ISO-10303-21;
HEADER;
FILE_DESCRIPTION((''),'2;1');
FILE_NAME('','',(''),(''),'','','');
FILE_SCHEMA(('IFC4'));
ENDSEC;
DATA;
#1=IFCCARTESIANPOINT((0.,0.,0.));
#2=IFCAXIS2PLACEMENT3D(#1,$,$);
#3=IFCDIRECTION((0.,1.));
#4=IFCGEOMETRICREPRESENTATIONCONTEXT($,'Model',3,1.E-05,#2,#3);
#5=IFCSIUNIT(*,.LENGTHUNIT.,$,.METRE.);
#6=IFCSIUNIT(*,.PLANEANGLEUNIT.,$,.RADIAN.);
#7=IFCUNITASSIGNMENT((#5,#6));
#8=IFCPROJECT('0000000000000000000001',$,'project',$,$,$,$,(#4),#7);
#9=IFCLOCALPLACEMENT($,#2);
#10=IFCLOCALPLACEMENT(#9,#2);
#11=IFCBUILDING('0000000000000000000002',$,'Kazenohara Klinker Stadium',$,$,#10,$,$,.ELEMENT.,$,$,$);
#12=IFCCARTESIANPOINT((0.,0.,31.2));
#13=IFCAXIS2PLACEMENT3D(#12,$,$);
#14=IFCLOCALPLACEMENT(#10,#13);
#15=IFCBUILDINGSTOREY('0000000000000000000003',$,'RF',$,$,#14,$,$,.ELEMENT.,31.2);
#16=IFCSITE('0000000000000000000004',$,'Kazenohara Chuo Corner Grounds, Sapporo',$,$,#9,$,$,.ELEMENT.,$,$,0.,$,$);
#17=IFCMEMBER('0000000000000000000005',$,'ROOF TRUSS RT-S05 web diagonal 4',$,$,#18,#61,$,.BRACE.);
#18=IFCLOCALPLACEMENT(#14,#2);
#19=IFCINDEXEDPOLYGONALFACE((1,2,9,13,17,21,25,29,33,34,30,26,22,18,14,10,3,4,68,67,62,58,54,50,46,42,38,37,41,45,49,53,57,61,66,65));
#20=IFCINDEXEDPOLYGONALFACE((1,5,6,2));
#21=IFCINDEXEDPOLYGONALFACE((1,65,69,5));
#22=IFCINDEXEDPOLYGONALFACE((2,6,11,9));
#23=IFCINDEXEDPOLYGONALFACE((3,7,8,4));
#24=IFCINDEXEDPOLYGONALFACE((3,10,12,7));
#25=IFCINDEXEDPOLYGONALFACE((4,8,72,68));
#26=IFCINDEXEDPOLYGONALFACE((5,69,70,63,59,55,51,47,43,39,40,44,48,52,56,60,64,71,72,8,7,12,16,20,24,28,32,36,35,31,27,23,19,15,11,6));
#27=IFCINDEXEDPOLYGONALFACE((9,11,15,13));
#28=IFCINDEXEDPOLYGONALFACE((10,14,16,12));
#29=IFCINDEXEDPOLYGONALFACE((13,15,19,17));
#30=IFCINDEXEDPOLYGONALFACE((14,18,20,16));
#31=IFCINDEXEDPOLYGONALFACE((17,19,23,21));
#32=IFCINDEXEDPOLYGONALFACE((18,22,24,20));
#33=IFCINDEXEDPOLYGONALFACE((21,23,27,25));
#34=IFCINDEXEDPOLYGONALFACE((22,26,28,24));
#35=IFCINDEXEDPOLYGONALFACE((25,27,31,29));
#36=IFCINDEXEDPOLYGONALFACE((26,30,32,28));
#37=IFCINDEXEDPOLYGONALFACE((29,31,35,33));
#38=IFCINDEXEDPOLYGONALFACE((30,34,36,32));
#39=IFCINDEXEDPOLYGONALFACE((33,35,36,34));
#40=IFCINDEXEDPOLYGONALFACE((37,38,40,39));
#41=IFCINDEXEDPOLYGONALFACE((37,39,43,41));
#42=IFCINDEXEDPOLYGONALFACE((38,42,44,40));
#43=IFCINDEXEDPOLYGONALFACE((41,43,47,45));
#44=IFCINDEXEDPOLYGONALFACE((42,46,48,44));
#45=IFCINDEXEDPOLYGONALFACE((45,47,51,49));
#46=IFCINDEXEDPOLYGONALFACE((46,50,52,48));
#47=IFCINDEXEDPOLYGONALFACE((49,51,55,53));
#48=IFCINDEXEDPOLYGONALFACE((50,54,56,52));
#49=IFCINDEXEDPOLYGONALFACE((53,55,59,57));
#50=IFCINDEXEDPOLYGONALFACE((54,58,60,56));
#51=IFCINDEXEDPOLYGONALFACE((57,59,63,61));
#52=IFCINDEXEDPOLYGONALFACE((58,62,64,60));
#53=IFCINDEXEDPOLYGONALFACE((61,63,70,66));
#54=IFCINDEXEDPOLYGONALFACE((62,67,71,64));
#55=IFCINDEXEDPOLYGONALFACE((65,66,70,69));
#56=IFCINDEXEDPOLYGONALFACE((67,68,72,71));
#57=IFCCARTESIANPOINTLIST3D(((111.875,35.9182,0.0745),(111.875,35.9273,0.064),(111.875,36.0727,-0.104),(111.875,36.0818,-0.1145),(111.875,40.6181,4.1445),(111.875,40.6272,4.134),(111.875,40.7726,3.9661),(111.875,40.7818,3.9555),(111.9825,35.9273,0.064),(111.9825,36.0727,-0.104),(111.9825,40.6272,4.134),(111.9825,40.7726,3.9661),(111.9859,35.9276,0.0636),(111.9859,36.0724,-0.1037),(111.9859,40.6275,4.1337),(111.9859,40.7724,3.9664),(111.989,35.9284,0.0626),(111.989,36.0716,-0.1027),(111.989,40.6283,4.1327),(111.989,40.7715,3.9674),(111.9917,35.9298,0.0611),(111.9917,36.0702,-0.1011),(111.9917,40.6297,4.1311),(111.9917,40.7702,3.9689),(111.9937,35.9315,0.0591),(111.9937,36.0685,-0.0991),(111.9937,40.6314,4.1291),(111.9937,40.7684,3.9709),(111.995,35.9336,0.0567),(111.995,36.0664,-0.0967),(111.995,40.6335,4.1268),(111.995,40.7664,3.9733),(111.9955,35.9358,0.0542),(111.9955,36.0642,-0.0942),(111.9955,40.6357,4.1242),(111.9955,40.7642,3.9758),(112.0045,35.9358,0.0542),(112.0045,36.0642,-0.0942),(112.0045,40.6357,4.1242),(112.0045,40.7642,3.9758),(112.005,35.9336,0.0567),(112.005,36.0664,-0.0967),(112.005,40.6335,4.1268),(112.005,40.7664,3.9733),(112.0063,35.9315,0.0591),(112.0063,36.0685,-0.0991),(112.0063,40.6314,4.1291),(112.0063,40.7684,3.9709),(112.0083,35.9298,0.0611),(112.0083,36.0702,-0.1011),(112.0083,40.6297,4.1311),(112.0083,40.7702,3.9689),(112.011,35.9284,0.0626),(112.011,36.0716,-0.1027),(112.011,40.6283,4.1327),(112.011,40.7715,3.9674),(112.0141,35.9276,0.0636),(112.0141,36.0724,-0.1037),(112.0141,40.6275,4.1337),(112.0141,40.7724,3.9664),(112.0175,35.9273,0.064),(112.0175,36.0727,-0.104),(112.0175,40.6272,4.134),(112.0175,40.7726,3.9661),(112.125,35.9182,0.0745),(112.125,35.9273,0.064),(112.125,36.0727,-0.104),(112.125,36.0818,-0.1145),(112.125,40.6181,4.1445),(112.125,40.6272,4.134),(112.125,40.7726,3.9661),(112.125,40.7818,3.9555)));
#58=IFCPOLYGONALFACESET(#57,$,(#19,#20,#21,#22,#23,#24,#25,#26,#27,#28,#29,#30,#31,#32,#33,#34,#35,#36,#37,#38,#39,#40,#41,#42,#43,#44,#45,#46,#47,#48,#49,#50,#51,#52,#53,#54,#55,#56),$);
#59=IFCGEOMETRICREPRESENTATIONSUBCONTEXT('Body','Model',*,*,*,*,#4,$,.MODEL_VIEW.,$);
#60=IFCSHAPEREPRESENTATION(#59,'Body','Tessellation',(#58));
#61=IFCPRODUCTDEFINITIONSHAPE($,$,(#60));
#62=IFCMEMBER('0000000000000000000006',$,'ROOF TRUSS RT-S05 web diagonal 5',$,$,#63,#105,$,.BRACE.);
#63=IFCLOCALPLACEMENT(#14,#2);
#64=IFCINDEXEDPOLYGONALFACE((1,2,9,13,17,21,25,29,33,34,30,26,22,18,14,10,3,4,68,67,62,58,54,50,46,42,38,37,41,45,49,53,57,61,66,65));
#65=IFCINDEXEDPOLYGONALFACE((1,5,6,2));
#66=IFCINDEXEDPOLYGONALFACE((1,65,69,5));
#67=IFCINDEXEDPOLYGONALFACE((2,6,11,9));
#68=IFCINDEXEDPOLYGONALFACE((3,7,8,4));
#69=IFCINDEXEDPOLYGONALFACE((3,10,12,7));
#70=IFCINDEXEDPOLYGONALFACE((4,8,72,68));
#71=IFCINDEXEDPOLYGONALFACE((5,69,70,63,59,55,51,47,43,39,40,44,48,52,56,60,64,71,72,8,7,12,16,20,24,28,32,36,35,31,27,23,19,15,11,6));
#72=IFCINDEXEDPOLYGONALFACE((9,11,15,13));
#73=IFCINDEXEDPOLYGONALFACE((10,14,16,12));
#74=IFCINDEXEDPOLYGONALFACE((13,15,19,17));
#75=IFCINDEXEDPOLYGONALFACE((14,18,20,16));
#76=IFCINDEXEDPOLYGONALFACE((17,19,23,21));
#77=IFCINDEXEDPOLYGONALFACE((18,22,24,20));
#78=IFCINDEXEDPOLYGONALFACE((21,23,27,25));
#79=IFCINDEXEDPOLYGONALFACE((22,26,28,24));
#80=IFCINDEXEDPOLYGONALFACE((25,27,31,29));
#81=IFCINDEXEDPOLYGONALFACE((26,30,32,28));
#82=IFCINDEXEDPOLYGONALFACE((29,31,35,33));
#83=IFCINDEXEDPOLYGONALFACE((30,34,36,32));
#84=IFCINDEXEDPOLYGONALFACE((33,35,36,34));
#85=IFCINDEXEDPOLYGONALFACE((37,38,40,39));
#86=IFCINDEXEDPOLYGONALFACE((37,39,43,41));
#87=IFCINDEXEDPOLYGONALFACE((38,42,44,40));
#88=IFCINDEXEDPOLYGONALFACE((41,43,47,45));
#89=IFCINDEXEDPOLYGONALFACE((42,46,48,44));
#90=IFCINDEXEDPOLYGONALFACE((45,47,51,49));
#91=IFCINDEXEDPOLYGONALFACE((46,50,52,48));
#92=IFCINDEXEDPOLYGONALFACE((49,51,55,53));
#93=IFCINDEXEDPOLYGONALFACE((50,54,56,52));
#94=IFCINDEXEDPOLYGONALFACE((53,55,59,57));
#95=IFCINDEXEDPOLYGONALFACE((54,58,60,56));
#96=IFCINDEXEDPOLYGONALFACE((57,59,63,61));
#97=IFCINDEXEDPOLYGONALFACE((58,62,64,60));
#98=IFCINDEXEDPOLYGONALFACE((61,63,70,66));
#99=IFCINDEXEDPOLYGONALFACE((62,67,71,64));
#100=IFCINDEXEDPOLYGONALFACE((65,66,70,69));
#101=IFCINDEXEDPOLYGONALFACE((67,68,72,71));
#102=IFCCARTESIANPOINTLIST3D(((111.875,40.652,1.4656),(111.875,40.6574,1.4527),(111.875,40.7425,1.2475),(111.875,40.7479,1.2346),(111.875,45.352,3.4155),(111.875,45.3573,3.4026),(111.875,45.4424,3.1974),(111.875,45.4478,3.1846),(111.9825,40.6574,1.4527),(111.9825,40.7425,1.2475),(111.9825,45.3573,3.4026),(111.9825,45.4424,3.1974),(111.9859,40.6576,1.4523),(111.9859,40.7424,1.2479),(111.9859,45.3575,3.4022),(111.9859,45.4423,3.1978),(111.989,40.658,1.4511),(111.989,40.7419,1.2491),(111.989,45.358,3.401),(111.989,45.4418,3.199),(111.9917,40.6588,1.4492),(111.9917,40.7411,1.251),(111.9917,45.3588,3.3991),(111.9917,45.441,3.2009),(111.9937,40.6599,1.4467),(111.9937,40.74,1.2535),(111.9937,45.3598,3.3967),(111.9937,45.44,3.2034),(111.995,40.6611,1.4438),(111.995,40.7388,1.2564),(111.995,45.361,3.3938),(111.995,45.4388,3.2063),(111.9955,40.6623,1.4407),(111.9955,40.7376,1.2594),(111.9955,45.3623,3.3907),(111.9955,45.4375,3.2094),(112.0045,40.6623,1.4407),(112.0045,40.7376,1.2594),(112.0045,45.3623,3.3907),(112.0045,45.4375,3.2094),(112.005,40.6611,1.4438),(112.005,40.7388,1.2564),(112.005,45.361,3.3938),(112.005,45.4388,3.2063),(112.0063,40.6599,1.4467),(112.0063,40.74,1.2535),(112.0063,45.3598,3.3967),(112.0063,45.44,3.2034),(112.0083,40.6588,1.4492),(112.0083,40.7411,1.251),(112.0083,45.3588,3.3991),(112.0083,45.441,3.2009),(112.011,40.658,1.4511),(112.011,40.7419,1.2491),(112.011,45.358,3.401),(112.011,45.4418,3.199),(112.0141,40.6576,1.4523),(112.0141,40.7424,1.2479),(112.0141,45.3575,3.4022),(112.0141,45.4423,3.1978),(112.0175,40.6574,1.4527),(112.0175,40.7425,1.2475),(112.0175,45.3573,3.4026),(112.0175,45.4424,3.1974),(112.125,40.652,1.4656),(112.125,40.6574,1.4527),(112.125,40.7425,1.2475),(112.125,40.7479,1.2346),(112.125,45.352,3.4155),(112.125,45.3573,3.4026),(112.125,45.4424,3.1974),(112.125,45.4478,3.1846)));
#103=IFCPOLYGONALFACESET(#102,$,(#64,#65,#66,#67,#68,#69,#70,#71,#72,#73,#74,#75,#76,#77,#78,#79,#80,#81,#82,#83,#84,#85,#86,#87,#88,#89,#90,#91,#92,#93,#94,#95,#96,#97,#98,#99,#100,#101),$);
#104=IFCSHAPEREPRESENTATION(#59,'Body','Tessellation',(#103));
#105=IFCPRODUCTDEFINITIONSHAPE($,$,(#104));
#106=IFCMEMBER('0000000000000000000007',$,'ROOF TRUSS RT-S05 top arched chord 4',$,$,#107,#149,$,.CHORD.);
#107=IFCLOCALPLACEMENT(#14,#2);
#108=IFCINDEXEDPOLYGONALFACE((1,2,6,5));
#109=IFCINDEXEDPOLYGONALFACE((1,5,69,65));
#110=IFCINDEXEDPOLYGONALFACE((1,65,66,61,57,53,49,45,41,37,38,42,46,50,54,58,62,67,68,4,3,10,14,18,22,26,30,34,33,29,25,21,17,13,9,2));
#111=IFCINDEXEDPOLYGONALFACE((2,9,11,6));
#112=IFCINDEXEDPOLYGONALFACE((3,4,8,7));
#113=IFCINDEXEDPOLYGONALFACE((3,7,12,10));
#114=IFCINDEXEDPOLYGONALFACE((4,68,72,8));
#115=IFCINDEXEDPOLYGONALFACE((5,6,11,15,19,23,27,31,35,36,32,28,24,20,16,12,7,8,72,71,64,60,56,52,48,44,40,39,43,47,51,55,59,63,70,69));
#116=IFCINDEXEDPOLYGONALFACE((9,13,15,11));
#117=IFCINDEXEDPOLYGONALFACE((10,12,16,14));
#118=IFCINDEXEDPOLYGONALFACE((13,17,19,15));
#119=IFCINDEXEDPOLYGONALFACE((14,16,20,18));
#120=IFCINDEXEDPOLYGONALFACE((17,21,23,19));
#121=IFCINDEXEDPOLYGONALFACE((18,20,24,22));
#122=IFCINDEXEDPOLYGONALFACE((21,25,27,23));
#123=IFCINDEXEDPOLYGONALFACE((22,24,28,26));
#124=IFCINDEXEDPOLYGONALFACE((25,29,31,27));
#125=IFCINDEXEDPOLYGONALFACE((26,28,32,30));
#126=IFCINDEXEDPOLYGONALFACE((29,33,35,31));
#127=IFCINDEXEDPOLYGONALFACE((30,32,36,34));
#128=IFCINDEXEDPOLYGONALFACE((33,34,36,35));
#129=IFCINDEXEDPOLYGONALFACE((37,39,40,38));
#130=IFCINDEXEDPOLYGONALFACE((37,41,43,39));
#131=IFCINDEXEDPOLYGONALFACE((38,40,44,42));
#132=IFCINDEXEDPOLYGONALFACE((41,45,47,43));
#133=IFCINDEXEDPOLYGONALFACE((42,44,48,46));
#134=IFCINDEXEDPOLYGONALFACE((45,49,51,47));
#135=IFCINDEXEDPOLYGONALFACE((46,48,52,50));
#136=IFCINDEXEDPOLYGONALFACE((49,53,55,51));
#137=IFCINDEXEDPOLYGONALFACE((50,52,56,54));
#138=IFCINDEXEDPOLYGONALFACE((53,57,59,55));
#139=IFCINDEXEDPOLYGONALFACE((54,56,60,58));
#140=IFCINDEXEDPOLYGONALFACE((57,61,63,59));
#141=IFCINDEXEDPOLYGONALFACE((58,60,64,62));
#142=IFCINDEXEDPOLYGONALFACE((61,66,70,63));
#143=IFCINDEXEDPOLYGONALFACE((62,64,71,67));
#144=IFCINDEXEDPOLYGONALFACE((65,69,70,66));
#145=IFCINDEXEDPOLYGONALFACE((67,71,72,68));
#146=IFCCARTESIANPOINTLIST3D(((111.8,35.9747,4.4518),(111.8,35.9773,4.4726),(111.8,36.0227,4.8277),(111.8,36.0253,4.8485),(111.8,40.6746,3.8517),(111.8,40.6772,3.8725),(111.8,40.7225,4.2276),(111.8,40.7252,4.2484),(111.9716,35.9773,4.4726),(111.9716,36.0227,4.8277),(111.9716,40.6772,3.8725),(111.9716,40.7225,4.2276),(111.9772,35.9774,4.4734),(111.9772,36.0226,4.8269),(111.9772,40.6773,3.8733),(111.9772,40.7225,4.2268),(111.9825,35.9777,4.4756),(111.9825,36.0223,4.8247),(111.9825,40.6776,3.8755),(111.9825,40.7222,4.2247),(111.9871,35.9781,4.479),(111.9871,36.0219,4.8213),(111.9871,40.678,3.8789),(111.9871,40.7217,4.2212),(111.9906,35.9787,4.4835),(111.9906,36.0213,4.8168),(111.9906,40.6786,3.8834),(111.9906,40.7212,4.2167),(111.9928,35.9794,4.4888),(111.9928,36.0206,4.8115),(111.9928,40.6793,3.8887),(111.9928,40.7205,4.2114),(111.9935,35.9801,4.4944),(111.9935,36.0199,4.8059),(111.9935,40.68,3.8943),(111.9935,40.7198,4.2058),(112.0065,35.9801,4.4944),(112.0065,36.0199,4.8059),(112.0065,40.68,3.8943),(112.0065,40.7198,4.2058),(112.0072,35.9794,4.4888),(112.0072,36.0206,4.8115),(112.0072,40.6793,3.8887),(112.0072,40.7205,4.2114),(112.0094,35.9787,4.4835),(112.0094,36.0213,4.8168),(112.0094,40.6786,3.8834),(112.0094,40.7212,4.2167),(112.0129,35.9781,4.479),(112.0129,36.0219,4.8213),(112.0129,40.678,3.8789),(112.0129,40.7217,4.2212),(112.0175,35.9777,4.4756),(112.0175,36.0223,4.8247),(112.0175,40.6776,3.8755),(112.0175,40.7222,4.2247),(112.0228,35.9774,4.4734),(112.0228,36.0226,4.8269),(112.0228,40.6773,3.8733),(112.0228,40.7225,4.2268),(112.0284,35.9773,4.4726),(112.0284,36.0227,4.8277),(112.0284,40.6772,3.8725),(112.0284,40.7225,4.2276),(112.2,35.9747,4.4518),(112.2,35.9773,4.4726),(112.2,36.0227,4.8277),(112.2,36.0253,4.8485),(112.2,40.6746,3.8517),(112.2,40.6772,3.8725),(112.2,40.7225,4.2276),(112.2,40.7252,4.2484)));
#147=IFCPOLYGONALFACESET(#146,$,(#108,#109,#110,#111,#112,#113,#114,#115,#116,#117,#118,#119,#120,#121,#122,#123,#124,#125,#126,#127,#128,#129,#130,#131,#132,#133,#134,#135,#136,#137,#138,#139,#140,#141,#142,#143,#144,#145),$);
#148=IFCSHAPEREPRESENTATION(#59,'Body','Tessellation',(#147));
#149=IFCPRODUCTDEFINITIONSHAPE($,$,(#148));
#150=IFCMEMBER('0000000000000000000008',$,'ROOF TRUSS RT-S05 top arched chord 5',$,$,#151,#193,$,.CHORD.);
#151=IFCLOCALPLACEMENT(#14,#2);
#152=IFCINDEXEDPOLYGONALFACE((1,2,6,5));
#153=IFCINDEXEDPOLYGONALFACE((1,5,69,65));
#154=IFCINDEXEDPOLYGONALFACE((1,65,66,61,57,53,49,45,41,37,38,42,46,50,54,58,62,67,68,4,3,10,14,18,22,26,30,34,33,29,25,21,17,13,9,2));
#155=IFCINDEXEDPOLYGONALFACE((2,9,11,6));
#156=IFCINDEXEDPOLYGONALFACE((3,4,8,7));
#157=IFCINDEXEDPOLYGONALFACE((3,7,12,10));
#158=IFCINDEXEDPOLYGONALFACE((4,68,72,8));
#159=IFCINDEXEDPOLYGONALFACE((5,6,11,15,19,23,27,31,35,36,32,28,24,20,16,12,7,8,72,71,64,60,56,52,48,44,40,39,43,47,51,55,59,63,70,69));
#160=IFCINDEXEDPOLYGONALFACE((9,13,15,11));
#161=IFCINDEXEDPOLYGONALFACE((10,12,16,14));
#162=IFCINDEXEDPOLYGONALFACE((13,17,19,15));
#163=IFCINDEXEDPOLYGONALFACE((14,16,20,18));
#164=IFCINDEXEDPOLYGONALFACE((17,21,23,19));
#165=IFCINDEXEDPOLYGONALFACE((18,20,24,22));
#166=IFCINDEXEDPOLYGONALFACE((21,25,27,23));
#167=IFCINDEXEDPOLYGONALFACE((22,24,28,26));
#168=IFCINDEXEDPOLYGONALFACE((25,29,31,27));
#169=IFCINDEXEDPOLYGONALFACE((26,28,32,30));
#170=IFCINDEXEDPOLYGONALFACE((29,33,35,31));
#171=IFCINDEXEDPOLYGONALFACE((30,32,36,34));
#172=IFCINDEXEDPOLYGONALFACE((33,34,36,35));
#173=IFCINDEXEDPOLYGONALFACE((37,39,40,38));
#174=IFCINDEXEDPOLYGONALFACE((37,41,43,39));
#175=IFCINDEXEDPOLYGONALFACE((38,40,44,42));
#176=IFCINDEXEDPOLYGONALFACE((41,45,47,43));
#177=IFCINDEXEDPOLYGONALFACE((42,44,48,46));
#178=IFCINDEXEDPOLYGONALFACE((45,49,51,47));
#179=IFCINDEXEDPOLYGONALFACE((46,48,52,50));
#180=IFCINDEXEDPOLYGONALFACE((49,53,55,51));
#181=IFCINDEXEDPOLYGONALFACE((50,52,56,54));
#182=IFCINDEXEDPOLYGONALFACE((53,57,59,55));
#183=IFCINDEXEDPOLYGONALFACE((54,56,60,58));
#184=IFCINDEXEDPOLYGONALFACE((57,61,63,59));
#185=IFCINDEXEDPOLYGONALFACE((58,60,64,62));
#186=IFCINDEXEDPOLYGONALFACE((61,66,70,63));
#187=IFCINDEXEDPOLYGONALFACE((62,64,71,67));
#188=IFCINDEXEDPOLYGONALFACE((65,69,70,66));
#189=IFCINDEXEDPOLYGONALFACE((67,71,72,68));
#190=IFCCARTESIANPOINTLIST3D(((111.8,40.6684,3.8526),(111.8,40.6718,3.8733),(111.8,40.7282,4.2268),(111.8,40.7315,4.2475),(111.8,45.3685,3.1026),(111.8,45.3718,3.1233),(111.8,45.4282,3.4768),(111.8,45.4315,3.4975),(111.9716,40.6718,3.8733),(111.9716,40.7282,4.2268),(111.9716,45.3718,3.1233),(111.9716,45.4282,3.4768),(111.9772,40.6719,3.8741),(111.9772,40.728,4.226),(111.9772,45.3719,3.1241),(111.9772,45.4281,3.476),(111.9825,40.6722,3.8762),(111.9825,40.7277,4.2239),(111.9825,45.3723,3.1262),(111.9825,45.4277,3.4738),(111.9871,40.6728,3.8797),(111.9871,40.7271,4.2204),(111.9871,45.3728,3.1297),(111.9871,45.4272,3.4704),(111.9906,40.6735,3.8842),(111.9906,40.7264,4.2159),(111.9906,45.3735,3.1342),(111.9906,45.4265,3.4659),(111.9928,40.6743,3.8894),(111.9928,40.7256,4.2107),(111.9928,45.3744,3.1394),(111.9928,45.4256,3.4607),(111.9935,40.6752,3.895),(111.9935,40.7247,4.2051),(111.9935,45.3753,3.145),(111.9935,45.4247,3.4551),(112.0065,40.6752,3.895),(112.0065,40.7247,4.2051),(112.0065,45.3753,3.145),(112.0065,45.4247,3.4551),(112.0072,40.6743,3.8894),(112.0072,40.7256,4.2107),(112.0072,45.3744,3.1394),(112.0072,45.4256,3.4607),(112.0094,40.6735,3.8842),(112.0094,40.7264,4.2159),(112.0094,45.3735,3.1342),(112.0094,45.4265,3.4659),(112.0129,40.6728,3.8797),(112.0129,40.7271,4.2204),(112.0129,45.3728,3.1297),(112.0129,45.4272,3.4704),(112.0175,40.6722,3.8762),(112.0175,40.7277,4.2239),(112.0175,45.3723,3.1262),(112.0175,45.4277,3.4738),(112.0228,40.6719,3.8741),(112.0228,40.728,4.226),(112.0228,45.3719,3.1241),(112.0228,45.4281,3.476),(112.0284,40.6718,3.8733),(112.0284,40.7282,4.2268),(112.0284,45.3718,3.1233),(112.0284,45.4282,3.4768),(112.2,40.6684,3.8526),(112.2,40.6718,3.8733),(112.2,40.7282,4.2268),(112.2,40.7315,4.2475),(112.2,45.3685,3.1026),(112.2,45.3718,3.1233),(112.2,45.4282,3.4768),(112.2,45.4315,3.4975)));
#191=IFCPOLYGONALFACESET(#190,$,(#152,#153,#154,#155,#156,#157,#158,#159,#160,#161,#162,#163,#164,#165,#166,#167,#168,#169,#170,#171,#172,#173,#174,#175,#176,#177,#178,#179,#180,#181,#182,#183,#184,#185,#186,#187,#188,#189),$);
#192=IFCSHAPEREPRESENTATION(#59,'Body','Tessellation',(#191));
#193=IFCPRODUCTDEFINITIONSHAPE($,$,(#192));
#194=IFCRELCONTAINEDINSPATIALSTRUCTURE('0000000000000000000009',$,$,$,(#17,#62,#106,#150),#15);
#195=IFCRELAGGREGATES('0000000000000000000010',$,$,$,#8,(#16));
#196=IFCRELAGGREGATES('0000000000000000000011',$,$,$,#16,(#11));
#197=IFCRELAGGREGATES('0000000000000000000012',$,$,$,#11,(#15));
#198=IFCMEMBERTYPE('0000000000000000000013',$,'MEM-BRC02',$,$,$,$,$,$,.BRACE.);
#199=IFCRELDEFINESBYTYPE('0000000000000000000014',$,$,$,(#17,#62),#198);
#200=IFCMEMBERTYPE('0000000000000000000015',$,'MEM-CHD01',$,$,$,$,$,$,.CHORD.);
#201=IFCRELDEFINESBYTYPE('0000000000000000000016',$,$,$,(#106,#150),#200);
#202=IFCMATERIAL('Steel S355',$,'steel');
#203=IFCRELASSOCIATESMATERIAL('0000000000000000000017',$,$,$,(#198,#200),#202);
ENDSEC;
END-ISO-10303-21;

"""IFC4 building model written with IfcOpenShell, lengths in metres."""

from ifc_helpers import new_model, si_unit, direction, frame, origin, origin_2d, place, context, subcontext, project, spatial, i_section, extrude, material, material_profile, profile_set, type_object, element, save


model = new_model("IFC4")

# Units and contexts
model_context = context("Model", 3, precision=1e-05, world=origin(), true_north=direction((0.0, 1.0)))
body_context = subcontext(model_context, "Body", "Model", "MODEL_VIEW")
ifc_project = project(units=[si_unit("LENGTHUNIT", "METRE"), si_unit("PLANEANGLEUNIT", "RADIAN")], contexts=[model_context])

# Site, building, storey
site_placement = place(None, origin())
site = spatial("IfcSite", under=ifc_project, at=site_placement, Name="Kazenohara Chuo Corner Grounds, Sapporo", CompositionType="ELEMENT", RefElevation=0.0)
building_placement = place(site_placement, origin())
building = spatial("IfcBuilding", under=site, at=building_placement, Name="Kazenohara Klinker Stadium", CompositionType="ELEMENT")
storey_placement = place(building_placement, frame((0.0, 0.0, 31.2)))
storey = spatial("IfcBuildingStorey", under=building, at=storey_placement, Name="RF", CompositionType="ELEMENT", Elevation=31.2)

# Members
ifc_material_1 = material(Name="Steel S355", Category="steel")
ifc_material_profile_1 = material_profile(ifc_material_1, i_section(OverallWidth=0.25, OverallDepth=0.25, WebThickness=0.009, FlangeThickness=0.0139, FilletRadius=0.0129, at=origin_2d()), Name="H-250x250x9x14")
ifc_profile_set_1 = profile_set([ifc_material_profile_1], Name="Steel S355")
member_type_1 = type_object("IfcMemberType", Name="MEM-BRC02", PredefinedType="BRACE", material=ifc_profile_set_1)
member_1_placement = place(storey_placement, frame((112.0, 36.0, -0.02), z_axis=(0.0, 0.755946, 0.654634), x_axis=(-1.0, 0.0, 0.0)))
element("IfcMember", 1, at=member_1_placement, inside=storey, type_object=member_type_1, Name="ROOF TRUSS RT-S05 web diagonal 4", PredefinedType="BRACE", context=body_context, shape_type="SweptSolid", body=[
    extrude(i_section(OverallWidth=0.25, OverallDepth=0.25, WebThickness=0.009, FlangeThickness=0.0139, FilletRadius=0.0129, at=origin_2d()), origin(), (0.0, 0.0, 1.0), 6.2173),
])
member_2_placement = place(storey_placement, frame((112.0, 40.7, 1.3501), z_axis=(0.0, 0.923659, 0.383215), x_axis=(-1.0, 0.0, 0.0)))
element("IfcMember", 2, at=member_2_placement, inside=storey, type_object=member_type_1, Name="ROOF TRUSS RT-S05 web diagonal 5", PredefinedType="BRACE", context=body_context, shape_type="SweptSolid", body=[
    extrude(i_section(OverallWidth=0.25, OverallDepth=0.25, WebThickness=0.009, FlangeThickness=0.0139, FilletRadius=0.0129, at=origin_2d()), origin(), (0.0, 0.0, 1.0), 5.0884),
])
ifc_material_profile_2 = material_profile(ifc_material_1, i_section(OverallWidth=0.3999, OverallDepth=0.3999, WebThickness=0.0129, FlangeThickness=0.021, FilletRadius=0.022, at=origin_2d()), Name="H-400x400x13x21")
ifc_profile_set_2 = profile_set([ifc_material_profile_2], Name="Steel S355")
member_type_2 = type_object("IfcMemberType", Name="MEM-CHD01", PredefinedType="CHORD", material=ifc_profile_set_2)
member_3_placement = place(storey_placement, frame((112.0, 36.0, 4.6501), z_axis=(0.0, 0.991947, -0.126653), x_axis=(-1.0, 0.0, 0.0)))
element("IfcMember", 3, at=member_3_placement, inside=storey, type_object=member_type_2, Name="ROOF TRUSS RT-S05 top arched chord 4", PredefinedType="CHORD", context=body_context, shape_type="SweptSolid", body=[
    extrude(i_section(OverallWidth=0.3999, OverallDepth=0.3999, WebThickness=0.0129, FlangeThickness=0.021, FilletRadius=0.022, at=origin_2d()), origin(), (0.0, 0.0, 1.0), 4.738),
])
member_4_placement = place(storey_placement, frame((112.0, 40.7, 4.05), z_axis=(0.0, 0.987506, -0.157582), x_axis=(-1.0, 0.0, 0.0)))
element("IfcMember", 4, at=member_4_placement, inside=storey, type_object=member_type_2, Name="ROOF TRUSS RT-S05 top arched chord 5", PredefinedType="CHORD", context=body_context, shape_type="SweptSolid", body=[
    extrude(i_section(OverallWidth=0.3999, OverallDepth=0.3999, WebThickness=0.0129, FlangeThickness=0.021, FilletRadius=0.022, at=origin_2d()), origin(), (0.0, 0.0, 1.0), 4.7595),
])

save(model, "model.ifc")
